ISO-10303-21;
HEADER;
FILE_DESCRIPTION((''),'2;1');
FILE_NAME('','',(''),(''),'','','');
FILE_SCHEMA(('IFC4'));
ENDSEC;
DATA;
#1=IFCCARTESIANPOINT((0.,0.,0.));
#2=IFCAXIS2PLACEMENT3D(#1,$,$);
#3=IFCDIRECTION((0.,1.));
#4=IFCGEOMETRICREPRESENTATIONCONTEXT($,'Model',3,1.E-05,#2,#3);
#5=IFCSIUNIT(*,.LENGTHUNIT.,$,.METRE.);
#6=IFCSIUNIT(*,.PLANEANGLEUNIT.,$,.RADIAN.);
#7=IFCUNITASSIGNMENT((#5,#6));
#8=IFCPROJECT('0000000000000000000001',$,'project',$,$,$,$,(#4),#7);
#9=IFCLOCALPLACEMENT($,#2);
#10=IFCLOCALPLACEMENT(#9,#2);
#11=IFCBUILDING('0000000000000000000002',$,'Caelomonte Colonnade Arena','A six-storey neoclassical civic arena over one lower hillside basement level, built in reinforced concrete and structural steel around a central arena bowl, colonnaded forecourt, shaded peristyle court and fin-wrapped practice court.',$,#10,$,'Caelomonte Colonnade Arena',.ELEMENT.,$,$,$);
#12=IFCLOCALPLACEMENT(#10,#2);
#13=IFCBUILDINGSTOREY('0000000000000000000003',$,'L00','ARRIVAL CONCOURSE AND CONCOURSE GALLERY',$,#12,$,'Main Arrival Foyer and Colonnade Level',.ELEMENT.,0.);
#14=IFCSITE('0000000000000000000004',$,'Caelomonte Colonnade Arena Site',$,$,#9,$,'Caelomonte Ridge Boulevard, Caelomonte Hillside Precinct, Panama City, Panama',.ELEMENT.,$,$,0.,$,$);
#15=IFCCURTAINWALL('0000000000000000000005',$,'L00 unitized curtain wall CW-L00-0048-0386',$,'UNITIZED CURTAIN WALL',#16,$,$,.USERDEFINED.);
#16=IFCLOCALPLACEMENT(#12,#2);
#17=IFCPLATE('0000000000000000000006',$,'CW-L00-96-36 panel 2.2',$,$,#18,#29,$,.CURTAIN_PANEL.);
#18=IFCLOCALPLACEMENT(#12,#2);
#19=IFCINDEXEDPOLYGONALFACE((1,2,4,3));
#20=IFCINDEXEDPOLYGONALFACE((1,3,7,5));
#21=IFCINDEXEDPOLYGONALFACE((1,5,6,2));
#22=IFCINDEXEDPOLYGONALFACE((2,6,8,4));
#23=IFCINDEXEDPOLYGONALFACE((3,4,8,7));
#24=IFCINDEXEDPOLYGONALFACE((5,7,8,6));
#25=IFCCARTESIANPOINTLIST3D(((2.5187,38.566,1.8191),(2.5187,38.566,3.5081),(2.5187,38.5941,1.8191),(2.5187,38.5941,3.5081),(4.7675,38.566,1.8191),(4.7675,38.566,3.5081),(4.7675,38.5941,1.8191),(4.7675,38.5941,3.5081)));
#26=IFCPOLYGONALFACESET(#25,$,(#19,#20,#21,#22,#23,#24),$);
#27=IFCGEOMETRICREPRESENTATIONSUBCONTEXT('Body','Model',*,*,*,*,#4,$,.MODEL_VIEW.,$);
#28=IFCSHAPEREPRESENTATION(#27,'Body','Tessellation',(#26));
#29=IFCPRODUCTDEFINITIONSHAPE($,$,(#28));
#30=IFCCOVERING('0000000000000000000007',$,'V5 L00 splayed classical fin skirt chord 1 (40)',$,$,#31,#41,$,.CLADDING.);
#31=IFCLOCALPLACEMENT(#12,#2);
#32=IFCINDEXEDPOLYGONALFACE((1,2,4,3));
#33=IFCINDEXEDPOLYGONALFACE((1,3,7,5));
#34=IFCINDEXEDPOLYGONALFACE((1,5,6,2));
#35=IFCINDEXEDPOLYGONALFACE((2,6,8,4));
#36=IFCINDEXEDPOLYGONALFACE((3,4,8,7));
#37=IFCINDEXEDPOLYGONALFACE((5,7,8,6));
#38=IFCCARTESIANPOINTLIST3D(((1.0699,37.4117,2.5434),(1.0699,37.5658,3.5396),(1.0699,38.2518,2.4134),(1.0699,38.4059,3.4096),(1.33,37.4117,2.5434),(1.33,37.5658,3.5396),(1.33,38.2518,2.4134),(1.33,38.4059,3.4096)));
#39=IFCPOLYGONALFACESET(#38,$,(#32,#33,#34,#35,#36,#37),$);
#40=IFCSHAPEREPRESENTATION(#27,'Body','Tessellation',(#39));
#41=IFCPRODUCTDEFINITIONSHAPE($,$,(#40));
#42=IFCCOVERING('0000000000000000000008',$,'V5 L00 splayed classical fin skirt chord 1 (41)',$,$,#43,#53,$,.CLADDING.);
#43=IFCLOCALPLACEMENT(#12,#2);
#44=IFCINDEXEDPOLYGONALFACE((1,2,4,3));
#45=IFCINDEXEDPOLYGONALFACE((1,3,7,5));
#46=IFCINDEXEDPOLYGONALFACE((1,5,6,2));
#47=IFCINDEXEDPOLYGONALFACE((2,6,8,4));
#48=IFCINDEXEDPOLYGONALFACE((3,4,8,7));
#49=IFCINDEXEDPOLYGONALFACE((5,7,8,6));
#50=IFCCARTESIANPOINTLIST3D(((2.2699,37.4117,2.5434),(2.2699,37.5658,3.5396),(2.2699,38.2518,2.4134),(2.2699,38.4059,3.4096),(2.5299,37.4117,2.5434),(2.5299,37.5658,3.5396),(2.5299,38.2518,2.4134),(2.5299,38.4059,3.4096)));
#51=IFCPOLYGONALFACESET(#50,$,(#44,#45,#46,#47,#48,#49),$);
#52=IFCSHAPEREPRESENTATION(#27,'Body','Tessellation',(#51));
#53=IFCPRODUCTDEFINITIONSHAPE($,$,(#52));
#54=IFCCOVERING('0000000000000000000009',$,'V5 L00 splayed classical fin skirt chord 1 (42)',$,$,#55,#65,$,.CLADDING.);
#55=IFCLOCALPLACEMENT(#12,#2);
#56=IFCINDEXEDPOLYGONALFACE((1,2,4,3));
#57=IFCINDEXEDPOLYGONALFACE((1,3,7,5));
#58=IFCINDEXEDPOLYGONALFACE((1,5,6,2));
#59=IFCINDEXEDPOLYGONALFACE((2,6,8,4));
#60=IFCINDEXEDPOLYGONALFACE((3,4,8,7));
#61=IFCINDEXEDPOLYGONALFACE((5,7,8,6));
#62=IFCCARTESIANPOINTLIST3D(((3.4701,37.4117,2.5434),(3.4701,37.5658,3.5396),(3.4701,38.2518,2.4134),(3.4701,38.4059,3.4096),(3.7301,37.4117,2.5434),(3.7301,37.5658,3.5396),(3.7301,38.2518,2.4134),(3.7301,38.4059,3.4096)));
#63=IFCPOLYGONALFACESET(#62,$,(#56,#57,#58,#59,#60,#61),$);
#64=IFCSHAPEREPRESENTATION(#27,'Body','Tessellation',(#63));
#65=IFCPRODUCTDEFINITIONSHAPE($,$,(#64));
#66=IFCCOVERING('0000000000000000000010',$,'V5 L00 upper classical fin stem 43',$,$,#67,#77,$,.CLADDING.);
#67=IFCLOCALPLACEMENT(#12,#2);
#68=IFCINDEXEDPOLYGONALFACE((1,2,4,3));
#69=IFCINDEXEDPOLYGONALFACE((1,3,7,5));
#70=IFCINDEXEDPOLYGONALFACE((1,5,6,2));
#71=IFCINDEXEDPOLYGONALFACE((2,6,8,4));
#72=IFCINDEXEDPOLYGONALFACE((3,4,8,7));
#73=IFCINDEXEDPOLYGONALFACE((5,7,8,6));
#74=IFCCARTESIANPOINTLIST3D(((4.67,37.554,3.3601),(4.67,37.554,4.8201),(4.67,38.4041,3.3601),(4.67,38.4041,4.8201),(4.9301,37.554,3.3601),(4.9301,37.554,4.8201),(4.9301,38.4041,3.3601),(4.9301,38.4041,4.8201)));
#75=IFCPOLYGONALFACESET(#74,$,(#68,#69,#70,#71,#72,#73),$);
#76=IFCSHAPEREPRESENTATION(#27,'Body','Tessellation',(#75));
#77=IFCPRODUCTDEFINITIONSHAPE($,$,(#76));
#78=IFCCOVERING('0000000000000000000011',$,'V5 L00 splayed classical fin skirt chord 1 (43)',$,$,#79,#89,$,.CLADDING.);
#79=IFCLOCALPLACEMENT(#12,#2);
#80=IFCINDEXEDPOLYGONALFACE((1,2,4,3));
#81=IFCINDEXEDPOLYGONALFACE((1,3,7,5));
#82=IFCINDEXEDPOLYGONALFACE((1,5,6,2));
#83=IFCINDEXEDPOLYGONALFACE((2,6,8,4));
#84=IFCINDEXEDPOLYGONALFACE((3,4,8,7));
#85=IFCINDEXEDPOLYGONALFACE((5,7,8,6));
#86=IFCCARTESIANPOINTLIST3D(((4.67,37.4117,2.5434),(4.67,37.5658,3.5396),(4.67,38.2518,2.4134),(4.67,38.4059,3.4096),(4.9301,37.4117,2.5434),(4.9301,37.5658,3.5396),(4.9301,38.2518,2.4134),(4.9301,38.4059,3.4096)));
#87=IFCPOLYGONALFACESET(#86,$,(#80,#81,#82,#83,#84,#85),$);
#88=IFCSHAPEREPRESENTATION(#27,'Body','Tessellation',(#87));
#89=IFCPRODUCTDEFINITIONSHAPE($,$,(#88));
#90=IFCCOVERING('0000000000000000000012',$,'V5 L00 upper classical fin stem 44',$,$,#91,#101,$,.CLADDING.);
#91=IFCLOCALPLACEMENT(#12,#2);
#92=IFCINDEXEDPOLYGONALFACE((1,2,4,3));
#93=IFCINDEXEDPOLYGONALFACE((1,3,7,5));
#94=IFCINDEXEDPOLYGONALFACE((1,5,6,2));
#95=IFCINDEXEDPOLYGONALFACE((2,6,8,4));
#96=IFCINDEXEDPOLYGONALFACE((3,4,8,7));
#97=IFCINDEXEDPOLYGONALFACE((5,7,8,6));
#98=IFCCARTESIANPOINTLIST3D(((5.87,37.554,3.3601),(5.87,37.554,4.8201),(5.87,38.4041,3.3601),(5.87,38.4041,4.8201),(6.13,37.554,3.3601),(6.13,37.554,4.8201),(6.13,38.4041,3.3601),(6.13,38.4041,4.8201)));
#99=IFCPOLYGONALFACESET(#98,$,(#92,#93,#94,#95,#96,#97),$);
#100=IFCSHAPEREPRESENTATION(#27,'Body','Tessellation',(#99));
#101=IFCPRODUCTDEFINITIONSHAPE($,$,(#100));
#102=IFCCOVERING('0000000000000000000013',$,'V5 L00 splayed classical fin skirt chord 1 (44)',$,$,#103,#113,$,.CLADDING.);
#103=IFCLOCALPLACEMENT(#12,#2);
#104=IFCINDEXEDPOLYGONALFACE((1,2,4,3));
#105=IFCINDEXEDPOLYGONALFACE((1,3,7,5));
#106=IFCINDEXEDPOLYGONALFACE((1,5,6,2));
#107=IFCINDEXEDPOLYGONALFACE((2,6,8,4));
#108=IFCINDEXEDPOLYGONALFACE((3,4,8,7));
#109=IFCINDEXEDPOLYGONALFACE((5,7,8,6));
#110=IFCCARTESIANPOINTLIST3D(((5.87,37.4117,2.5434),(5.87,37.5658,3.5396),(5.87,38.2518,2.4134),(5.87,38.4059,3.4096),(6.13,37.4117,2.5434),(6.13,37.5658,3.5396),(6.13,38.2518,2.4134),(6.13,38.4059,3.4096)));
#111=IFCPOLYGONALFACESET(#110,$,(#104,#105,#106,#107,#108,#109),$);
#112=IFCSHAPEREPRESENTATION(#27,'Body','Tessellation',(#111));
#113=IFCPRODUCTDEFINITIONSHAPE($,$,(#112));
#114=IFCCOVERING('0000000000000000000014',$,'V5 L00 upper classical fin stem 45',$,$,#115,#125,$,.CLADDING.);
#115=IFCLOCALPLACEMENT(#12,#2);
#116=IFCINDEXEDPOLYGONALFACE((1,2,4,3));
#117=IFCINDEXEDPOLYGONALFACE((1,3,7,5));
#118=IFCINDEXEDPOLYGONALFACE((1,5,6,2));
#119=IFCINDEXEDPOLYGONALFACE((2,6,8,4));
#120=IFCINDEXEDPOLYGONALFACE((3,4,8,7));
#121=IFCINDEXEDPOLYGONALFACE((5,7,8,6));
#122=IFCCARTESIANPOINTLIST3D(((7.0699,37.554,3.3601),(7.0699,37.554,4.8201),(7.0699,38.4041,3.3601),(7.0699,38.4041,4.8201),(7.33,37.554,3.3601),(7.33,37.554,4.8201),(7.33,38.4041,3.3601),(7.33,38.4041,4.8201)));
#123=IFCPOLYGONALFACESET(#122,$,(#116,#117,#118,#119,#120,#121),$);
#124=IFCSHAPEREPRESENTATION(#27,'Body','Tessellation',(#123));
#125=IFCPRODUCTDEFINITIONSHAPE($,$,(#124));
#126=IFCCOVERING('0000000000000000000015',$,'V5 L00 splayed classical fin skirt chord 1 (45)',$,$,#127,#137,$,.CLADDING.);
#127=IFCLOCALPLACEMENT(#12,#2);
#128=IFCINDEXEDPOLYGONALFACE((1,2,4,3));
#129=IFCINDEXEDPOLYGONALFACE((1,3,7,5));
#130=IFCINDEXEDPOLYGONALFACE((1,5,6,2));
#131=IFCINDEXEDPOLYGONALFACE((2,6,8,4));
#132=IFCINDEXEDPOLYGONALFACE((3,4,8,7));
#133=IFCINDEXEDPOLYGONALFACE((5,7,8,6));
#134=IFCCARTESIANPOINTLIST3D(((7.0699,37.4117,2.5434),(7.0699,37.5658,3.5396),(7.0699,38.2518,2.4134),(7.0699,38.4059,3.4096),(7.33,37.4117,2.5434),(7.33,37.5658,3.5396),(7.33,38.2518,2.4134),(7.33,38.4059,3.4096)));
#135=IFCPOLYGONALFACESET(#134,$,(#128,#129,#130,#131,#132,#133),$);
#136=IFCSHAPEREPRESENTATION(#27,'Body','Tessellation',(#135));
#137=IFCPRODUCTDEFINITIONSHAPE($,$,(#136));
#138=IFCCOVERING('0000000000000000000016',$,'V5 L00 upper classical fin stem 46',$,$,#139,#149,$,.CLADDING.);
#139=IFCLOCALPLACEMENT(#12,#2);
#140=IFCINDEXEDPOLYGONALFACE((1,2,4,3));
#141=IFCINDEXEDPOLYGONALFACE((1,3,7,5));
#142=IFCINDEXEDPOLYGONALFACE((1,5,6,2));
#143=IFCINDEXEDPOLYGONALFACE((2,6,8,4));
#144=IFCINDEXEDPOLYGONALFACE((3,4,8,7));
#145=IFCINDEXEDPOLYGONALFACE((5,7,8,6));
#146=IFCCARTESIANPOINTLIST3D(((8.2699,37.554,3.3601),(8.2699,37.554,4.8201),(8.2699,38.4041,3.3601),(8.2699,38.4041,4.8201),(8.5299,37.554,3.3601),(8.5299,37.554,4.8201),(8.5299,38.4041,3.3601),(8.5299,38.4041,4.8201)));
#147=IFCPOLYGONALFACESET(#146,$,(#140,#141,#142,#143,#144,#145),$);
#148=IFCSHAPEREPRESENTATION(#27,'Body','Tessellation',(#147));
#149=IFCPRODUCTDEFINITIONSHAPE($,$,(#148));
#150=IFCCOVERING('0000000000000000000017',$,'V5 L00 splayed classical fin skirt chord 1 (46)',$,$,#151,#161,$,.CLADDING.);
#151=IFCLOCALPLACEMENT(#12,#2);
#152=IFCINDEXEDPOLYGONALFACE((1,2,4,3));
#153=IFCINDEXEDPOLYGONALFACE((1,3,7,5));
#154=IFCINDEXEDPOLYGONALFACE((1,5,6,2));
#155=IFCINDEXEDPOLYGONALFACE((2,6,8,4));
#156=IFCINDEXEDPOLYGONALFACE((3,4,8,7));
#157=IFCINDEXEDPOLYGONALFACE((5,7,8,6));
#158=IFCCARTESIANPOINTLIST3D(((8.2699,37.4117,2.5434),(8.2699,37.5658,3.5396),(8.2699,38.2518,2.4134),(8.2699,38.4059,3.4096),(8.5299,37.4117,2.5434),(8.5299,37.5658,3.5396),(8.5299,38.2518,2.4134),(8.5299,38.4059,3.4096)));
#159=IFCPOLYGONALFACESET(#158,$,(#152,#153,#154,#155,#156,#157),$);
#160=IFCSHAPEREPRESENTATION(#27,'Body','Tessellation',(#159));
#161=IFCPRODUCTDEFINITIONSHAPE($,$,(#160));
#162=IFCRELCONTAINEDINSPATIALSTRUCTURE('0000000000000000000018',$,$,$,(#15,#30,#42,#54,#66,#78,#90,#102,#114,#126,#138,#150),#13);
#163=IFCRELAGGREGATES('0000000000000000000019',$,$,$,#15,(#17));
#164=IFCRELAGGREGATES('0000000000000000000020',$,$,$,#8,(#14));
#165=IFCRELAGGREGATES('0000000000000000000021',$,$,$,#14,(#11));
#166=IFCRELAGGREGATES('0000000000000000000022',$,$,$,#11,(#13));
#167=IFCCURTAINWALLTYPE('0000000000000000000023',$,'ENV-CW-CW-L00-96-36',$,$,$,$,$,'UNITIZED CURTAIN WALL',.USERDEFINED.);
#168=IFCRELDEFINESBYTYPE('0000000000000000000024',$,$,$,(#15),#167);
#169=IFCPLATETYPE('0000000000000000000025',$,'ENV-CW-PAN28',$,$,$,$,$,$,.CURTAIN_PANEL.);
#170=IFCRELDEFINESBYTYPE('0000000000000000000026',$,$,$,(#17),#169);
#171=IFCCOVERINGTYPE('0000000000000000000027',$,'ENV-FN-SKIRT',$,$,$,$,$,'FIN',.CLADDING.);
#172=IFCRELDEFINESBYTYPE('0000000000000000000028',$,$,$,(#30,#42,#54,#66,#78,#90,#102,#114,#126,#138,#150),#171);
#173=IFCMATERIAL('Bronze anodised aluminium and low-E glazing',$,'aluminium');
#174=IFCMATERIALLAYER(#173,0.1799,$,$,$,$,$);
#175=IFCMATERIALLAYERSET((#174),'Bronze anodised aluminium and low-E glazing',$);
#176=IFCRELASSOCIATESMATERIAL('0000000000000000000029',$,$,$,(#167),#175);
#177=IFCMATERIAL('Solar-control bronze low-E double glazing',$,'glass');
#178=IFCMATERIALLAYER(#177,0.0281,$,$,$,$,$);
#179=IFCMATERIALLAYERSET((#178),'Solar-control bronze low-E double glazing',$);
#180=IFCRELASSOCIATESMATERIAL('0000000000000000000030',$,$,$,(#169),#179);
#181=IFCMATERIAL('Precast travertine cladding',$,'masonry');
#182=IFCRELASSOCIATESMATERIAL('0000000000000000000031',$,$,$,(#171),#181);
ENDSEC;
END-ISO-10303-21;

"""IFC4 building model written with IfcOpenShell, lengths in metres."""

from ifc_helpers import new_model, si_unit, direction, frame, origin, origin_2d, place, context, subcontext, project, spatial, rectangle, extrude, material, layer, layer_set, material_profile, profile_set, type_object, element, aggregate, save


model = new_model("IFC4")

# Units and contexts
model_context = context("Model", 3, precision=1e-05, world=origin(), true_north=direction((0.0, 1.0)))
body_context = subcontext(model_context, "Body", "Model", "MODEL_VIEW")
ifc_project = project(units=[si_unit("LENGTHUNIT", "METRE"), si_unit("PLANEANGLEUNIT", "RADIAN")], contexts=[model_context])

# Site, building, storey
site_placement = place(None, origin())
site = spatial("IfcSite", under=ifc_project, at=site_placement, Name="Caelomonte Colonnade Arena Site", LongName="Caelomonte Ridge Boulevard, Caelomonte Hillside Precinct, Panama City, Panama", CompositionType="ELEMENT", RefElevation=0.0)
building_placement = place(site_placement, origin())
building = spatial("IfcBuilding", under=site, at=building_placement, Name="Caelomonte Colonnade Arena", Description="A six-storey neoclassical civic arena over one lower hillside basement level, built in reinforced concrete and structural steel around a central arena bowl, colonnaded forecourt, shaded peristyle court and fin-wrapped practice court.", LongName="Caelomonte Colonnade Arena", CompositionType="ELEMENT")
storey_placement = place(building_placement, origin())
storey = spatial("IfcBuildingStorey", under=building, at=storey_placement, Name="L00", Description="ARRIVAL CONCOURSE AND CONCOURSE GALLERY", LongName="Main Arrival Foyer and Colonnade Level", CompositionType="ELEMENT", Elevation=0.0)

# Curtain wall
ifc_material_1 = material(Name="Bronze anodised aluminium and low-E glazing", Category="aluminium")
ifc_layer_1 = layer(ifc_material_1, 0.1799)
ifc_layer_set_1 = layer_set([ifc_layer_1], Name="Bronze anodised aluminium and low-E glazing")
curtain_wall_type = type_object("IfcCurtainWallType", Name="ENV-CW-CW-L00-96-36", ElementType="UNITIZED CURTAIN WALL", PredefinedType="USERDEFINED", material=ifc_layer_set_1)
curtain_wall_placement = place(storey_placement, origin())
curtain_wall = element("IfcCurtainWall", 1, at=curtain_wall_placement, inside=storey, type_object=curtain_wall_type, Name="L00 unitized curtain wall CW-L00-0048-0386", ObjectType="UNITIZED CURTAIN WALL", PredefinedType="USERDEFINED")

# Plate
ifc_material_2 = material(Name="Solar-control bronze low-E double glazing", Category="glass")
ifc_layer_2 = layer(ifc_material_2, 0.0281)
ifc_layer_set_2 = layer_set([ifc_layer_2], Name="Solar-control bronze low-E double glazing")
plate_type = type_object("IfcPlateType", Name="ENV-CW-PAN28", PredefinedType="CURTAIN_PANEL", material=ifc_layer_set_2)
plate_1_placement = place(storey_placement, frame((3.6431, 38.5801, 1.8191), z_axis=(0.0, 0.0, 1.0), x_axis=(1.0, 0.0, 0.0)))
plate_1 = element("IfcPlate", 2, at=plate_1_placement, type_object=plate_type, Name="CW-L00-96-36 panel 2.2", PredefinedType="CURTAIN_PANEL", context=body_context, shape_type="SweptSolid", body=[
    extrude(rectangle(XDim=2.2488, YDim=0.0281, at=origin_2d()), origin(), (0.0, 0.0, 1.0), 1.689),
])
aggregate(curtain_wall, [plate_1])

# Coverings
ifc_material_3 = material(Name="Precast travertine cladding", Category="masonry")
ifc_material_profile_1 = material_profile(ifc_material_3, rectangle(XDim=0.26, YDim=0.8501, at=origin_2d()), Name="FIN260X850")
ifc_profile_set_1 = profile_set([ifc_material_profile_1], Name="Precast travertine cladding")
covering_type = type_object("IfcCoveringType", Name="ENV-FN-SKIRT", ElementType="FIN", PredefinedType="CLADDING", material=ifc_profile_set_1)
for number, where, z_axis, x_axis, name in (
    (3, (1.2, 37.9858, 3.4746), (0.0, -0.15284, -0.988251), (-1.0, 0.0, 0.0), "V5 L00 splayed classical fin skirt chord 1 (40)"),
    (4, (2.3999, 37.9858, 3.4746), (0.0, -0.15284, -0.988251), (-1.0, 0.0, 0.0), "V5 L00 splayed classical fin skirt chord 1 (41)"),
    (5, (3.6001, 37.9858, 3.4746), (0.0, -0.15284, -0.988251), (-1.0, 0.0, 0.0), "V5 L00 splayed classical fin skirt chord 1 (42)"),
):
    element("IfcCovering", number, at=place(storey_placement, frame(where, z_axis=z_axis, x_axis=x_axis)), inside=storey, type_object=covering_type, Name=name, PredefinedType="CLADDING", context=body_context, shape_type="SweptSolid", body=[
        extrude(rectangle(XDim=0.26, YDim=0.8501, at=origin_2d()), origin(), (0.0, 0.0, 1.0), 1.0081),
    ])
covering_1_placement = place(storey_placement, frame((4.8, 37.979, 3.3601), z_axis=(0.0, 0.0, 1.0), x_axis=(-1.0, 0.0, 0.0)))
element("IfcCovering", 6, at=covering_1_placement, inside=storey, type_object=covering_type, Name="V5 L00 upper classical fin stem 43", PredefinedType="CLADDING", context=body_context, shape_type="SweptSolid", body=[
    extrude(rectangle(XDim=0.26, YDim=0.8501, at=origin_2d()), origin(), (0.0, 0.0, 1.0), 1.46),
])
covering_2_placement = place(storey_placement, frame((4.8, 37.9858, 3.4746), z_axis=(0.0, -0.15284, -0.988251), x_axis=(-1.0, 0.0, 0.0)))
element("IfcCovering", 7, at=covering_2_placement, inside=storey, type_object=covering_type, Name="V5 L00 splayed classical fin skirt chord 1 (43)", PredefinedType="CLADDING", context=body_context, shape_type="SweptSolid", body=[
    extrude(rectangle(XDim=0.26, YDim=0.8501, at=origin_2d()), origin(), (0.0, 0.0, 1.0), 1.0081),
])
covering_3_placement = place(storey_placement, frame((6.0, 37.979, 3.3601), z_axis=(0.0, 0.0, 1.0), x_axis=(-1.0, 0.0, 0.0)))
element("IfcCovering", 8, at=covering_3_placement, inside=storey, type_object=covering_type, Name="V5 L00 upper classical fin stem 44", PredefinedType="CLADDING", context=body_context, shape_type="SweptSolid", body=[
    extrude(rectangle(XDim=0.26, YDim=0.8501, at=origin_2d()), origin(), (0.0, 0.0, 1.0), 1.46),
])
covering_4_placement = place(storey_placement, frame((6.0, 37.9858, 3.4746), z_axis=(0.0, -0.15284, -0.988251), x_axis=(-1.0, 0.0, 0.0)))
element("IfcCovering", 9, at=covering_4_placement, inside=storey, type_object=covering_type, Name="V5 L00 splayed classical fin skirt chord 1 (44)", PredefinedType="CLADDING", context=body_context, shape_type="SweptSolid", body=[
    extrude(rectangle(XDim=0.26, YDim=0.8501, at=origin_2d()), origin(), (0.0, 0.0, 1.0), 1.0081),
])
covering_5_placement = place(storey_placement, frame((7.2, 37.979, 3.3601), z_axis=(0.0, 0.0, 1.0), x_axis=(-1.0, 0.0, 0.0)))
element("IfcCovering", 10, at=covering_5_placement, inside=storey, type_object=covering_type, Name="V5 L00 upper classical fin stem 45", PredefinedType="CLADDING", context=body_context, shape_type="SweptSolid", body=[
    extrude(rectangle(XDim=0.26, YDim=0.8501, at=origin_2d()), origin(), (0.0, 0.0, 1.0), 1.46),
])
covering_6_placement = place(storey_placement, frame((7.2, 37.9858, 3.4746), z_axis=(0.0, -0.15284, -0.988251), x_axis=(-1.0, 0.0, 0.0)))
element("IfcCovering", 11, at=covering_6_placement, inside=storey, type_object=covering_type, Name="V5 L00 splayed classical fin skirt chord 1 (45)", PredefinedType="CLADDING", context=body_context, shape_type="SweptSolid", body=[
    extrude(rectangle(XDim=0.26, YDim=0.8501, at=origin_2d()), origin(), (0.0, 0.0, 1.0), 1.0081),
])
covering_7_placement = place(storey_placement, frame((8.3999, 37.979, 3.3601), z_axis=(0.0, 0.0, 1.0), x_axis=(-1.0, 0.0, 0.0)))
element("IfcCovering", 12, at=covering_7_placement, inside=storey, type_object=covering_type, Name="V5 L00 upper classical fin stem 46", PredefinedType="CLADDING", context=body_context, shape_type="SweptSolid", body=[
    extrude(rectangle(XDim=0.26, YDim=0.8501, at=origin_2d()), origin(), (0.0, 0.0, 1.0), 1.46),
])
covering_8_placement = place(storey_placement, frame((8.3999, 37.9858, 3.4746), z_axis=(0.0, -0.15284, -0.988251), x_axis=(-1.0, 0.0, 0.0)))
element("IfcCovering", 13, at=covering_8_placement, inside=storey, type_object=covering_type, Name="V5 L00 splayed classical fin skirt chord 1 (46)", PredefinedType="CLADDING", context=body_context, shape_type="SweptSolid", body=[
    extrude(rectangle(XDim=0.26, YDim=0.8501, at=origin_2d()), origin(), (0.0, 0.0, 1.0), 1.0081),
])

save(model, "model.ifc")
